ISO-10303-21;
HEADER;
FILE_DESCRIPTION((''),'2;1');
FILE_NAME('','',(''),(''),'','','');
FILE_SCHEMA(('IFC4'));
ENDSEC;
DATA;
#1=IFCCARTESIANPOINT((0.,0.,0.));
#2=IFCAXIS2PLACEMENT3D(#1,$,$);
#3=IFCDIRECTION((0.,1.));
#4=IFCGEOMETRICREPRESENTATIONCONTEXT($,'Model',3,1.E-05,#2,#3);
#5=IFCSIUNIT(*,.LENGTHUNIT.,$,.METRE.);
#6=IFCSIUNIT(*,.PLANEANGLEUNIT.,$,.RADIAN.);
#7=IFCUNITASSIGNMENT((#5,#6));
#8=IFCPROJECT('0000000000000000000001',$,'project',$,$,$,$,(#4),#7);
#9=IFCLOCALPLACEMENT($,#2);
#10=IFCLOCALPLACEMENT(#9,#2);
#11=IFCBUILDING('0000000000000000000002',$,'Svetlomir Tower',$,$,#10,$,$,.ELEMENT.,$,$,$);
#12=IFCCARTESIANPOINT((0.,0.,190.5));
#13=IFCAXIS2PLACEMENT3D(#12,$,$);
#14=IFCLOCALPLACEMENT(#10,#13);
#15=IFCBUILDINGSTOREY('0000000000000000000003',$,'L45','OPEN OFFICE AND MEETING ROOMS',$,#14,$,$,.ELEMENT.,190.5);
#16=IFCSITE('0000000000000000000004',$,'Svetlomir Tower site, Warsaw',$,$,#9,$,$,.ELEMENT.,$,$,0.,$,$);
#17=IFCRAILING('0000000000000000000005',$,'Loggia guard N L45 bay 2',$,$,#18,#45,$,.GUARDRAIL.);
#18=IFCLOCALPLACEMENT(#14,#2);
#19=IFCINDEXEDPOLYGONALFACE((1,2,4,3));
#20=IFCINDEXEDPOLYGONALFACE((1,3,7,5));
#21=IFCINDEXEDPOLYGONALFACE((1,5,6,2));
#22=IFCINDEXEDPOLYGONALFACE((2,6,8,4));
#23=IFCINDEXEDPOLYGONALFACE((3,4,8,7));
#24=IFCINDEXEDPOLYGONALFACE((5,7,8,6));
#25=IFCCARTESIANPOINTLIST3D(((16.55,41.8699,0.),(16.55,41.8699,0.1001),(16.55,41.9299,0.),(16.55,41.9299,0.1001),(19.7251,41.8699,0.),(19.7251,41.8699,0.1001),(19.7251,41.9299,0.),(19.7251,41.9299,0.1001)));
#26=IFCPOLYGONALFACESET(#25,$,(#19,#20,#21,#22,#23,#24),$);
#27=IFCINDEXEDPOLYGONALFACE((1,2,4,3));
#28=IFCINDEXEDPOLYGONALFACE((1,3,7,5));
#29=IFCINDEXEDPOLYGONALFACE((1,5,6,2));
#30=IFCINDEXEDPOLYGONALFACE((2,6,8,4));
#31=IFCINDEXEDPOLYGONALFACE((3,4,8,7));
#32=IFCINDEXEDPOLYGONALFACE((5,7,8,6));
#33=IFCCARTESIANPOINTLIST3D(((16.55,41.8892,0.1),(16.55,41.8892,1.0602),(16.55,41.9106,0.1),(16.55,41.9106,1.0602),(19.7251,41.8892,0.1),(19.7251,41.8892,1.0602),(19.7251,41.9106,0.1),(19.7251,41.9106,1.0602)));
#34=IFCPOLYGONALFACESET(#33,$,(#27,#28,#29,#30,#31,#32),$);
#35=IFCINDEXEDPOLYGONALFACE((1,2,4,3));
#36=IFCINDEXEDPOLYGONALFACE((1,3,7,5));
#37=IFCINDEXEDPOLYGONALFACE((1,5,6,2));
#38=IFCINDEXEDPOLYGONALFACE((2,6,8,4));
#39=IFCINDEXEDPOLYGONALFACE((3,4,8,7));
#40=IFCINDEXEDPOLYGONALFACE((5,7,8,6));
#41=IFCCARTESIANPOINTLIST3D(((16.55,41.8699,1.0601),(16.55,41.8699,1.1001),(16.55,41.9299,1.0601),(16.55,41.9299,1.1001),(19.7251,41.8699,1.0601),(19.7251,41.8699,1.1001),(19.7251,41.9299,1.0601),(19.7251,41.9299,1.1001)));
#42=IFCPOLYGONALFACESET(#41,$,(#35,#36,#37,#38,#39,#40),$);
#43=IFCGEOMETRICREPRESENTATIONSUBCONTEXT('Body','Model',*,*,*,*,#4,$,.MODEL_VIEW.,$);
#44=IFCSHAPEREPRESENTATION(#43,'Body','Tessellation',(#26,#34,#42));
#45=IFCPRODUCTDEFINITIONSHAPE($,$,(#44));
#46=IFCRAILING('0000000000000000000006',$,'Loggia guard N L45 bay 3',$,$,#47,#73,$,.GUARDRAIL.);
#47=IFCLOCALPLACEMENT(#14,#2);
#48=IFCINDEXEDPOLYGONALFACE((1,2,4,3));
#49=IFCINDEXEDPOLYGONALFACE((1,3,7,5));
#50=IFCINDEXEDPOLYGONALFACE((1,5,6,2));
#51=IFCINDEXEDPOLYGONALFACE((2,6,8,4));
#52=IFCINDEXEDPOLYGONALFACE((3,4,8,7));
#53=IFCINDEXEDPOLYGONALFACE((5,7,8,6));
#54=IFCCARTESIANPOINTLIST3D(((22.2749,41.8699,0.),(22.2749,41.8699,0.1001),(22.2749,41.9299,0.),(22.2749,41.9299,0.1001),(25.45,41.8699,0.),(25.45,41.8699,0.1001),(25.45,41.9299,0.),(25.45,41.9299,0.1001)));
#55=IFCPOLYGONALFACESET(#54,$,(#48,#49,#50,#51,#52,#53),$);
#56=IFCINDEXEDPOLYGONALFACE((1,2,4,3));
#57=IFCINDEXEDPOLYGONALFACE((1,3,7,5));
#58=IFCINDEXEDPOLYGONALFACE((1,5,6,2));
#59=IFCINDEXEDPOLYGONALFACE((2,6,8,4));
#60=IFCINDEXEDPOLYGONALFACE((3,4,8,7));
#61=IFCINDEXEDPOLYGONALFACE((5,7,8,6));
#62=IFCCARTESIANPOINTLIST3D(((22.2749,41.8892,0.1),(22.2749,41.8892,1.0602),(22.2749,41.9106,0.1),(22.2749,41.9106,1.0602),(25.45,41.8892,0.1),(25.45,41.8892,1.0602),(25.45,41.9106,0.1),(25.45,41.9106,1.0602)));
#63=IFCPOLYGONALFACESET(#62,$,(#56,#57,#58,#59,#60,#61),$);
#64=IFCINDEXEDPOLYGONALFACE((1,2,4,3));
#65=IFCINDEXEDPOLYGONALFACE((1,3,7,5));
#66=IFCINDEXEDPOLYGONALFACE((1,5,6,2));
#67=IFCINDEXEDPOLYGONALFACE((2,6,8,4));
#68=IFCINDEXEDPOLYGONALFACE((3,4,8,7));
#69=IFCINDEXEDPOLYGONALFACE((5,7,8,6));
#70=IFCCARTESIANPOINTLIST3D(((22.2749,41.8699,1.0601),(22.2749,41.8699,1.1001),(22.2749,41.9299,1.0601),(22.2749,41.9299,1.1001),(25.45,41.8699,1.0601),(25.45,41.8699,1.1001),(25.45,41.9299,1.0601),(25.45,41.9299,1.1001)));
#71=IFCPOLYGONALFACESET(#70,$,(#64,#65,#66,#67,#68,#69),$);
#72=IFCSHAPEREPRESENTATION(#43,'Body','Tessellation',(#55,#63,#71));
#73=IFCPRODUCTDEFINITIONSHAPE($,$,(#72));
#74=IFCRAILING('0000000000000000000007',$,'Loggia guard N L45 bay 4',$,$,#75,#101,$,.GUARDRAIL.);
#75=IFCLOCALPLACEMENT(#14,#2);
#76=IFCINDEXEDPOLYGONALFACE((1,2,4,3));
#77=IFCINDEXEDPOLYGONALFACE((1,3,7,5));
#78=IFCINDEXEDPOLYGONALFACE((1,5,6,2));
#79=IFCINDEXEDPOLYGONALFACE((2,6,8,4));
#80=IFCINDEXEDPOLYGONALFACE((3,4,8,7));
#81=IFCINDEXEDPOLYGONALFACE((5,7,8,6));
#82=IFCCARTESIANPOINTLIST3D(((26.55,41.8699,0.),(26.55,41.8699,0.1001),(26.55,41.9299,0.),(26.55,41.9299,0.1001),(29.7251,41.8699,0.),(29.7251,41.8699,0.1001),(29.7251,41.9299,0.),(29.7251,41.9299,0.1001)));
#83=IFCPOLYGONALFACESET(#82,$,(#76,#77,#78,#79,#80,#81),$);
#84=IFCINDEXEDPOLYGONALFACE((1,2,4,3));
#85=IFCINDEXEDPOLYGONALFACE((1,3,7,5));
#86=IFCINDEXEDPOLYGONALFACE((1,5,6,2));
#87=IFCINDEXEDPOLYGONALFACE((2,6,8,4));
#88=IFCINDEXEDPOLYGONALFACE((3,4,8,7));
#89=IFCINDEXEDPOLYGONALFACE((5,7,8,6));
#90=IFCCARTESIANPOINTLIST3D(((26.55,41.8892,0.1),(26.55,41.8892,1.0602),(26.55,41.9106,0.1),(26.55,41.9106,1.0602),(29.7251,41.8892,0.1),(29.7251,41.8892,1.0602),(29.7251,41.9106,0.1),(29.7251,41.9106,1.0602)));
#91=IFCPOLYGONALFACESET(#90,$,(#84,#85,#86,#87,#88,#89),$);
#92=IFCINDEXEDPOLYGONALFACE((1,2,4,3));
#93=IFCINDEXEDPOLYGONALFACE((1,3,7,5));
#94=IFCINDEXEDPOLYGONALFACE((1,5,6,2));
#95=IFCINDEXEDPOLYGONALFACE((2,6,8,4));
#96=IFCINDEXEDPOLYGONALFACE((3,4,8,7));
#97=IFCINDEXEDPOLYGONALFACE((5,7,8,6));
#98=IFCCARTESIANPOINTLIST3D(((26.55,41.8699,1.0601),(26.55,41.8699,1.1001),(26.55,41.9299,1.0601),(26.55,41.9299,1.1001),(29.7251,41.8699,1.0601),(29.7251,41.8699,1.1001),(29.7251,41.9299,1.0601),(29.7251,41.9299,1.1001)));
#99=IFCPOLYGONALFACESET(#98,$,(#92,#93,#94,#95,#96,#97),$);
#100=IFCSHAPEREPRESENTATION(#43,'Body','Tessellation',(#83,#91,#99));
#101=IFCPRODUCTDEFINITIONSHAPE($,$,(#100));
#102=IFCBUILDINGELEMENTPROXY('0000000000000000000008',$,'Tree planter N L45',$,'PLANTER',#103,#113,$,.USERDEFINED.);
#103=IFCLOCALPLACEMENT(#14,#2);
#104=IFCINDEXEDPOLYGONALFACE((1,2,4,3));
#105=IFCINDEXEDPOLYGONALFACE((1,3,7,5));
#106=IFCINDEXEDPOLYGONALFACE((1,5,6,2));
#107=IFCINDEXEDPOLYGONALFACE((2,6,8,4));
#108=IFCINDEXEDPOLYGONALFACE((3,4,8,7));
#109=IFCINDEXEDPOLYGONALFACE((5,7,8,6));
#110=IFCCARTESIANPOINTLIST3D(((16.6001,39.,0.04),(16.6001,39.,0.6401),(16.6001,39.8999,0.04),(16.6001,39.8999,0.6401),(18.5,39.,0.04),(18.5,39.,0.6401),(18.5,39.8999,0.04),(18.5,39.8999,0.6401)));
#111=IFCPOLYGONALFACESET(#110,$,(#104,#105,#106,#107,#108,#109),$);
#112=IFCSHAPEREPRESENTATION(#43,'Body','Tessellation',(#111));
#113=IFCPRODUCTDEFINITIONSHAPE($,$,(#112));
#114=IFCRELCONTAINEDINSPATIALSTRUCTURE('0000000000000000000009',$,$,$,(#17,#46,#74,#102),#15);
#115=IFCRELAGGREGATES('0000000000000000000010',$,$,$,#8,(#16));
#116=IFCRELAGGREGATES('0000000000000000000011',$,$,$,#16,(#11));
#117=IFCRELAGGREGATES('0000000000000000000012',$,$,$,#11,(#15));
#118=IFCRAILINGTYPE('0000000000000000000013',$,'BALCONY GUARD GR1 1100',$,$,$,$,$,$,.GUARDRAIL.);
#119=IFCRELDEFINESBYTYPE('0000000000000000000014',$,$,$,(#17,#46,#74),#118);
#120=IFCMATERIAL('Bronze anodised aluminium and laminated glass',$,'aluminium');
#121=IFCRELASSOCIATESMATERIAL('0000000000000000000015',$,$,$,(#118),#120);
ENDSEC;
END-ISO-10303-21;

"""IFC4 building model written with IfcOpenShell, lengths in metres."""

from ifc_helpers import new_model, si_unit, direction, frame, origin, origin_2d, place, context, subcontext, project, spatial, rectangle, extrude, material, type_object, element, save


model = new_model("IFC4")

# Units and contexts
model_context = context("Model", 3, precision=1e-05, world=origin(), true_north=direction((0.0, 1.0)))
body_context = subcontext(model_context, "Body", "Model", "MODEL_VIEW")
ifc_project = project(units=[si_unit("LENGTHUNIT", "METRE"), si_unit("PLANEANGLEUNIT", "RADIAN")], contexts=[model_context])

# Site, building, storey
site_placement = place(None, origin())
site = spatial("IfcSite", under=ifc_project, at=site_placement, Name="Svetlomir Tower site, Warsaw", CompositionType="ELEMENT", RefElevation=0.0)
building_placement = place(site_placement, origin())
building = spatial("IfcBuilding", under=site, at=building_placement, Name="Svetlomir Tower", CompositionType="ELEMENT")
storey_placement = place(building_placement, frame((0.0, 0.0, 190.5)))
storey = spatial("IfcBuildingStorey", under=building, at=storey_placement, Name="L45", Description="OPEN OFFICE AND MEETING ROOMS", CompositionType="ELEMENT", Elevation=190.5)

# Railings
ifc_material_1 = material(Name="Bronze anodised aluminium and laminated glass", Category="aluminium")
railing_type = type_object("IfcRailingType", Name="BALCONY GUARD GR1 1100", PredefinedType="GUARDRAIL", material=ifc_material_1)
for number, where, name in (
    (1, (16.55, 41.8999, 0.0), "Loggia guard N L45 bay 2"),
    (2, (22.2749, 41.8999, 0.0), "Loggia guard N L45 bay 3"),
    (3, (26.55, 41.8999, 0.0), "Loggia guard N L45 bay 4"),
):
    element("IfcRailing", number, at=place(storey_placement, frame(where)), inside=storey, type_object=railing_type, Name=name, PredefinedType="GUARDRAIL", context=body_context, shape_type="SweptSolid", body=[
        extrude(rectangle(XDim=0.0601, YDim=0.1001, at=origin_2d()), frame((0.0, 0.0, 0.05), z_axis=(1.0, 0.0, 0.0), x_axis=(0.0, 1.0, 0.0)), (0.0, 0.0, 1.0), 3.175),
        extrude(rectangle(XDim=0.0215, YDim=0.9602, at=origin_2d()), frame((0.0, 0.0, 0.5801), z_axis=(1.0, 0.0, 0.0), x_axis=(0.0, 1.0, 0.0)), (0.0, 0.0, 1.0), 3.175),
        extrude(rectangle(XDim=0.0601, YDim=0.04, at=origin_2d()), frame((0.0, 0.0, 1.0801), z_axis=(1.0, 0.0, 0.0), x_axis=(0.0, 1.0, 0.0)), (0.0, 0.0, 1.0), 3.175),
    ])

# Building element proxy
proxy_placement = place(storey_placement, frame((17.55, 39.45, 0.04), z_axis=(0.0, 0.0, 1.0), x_axis=(1.0, 0.0, 0.0)))
element("IfcBuildingElementProxy", 4, at=proxy_placement, inside=storey, Name="Tree planter N L45", ObjectType="PLANTER", PredefinedType="USERDEFINED", context=body_context, shape_type="SweptSolid", body=[
    extrude(rectangle(XDim=1.8999, YDim=0.8999, at=origin_2d()), origin(), (0.0, 0.0, 1.0), 0.6001),
])

save(model, "model.ifc")
